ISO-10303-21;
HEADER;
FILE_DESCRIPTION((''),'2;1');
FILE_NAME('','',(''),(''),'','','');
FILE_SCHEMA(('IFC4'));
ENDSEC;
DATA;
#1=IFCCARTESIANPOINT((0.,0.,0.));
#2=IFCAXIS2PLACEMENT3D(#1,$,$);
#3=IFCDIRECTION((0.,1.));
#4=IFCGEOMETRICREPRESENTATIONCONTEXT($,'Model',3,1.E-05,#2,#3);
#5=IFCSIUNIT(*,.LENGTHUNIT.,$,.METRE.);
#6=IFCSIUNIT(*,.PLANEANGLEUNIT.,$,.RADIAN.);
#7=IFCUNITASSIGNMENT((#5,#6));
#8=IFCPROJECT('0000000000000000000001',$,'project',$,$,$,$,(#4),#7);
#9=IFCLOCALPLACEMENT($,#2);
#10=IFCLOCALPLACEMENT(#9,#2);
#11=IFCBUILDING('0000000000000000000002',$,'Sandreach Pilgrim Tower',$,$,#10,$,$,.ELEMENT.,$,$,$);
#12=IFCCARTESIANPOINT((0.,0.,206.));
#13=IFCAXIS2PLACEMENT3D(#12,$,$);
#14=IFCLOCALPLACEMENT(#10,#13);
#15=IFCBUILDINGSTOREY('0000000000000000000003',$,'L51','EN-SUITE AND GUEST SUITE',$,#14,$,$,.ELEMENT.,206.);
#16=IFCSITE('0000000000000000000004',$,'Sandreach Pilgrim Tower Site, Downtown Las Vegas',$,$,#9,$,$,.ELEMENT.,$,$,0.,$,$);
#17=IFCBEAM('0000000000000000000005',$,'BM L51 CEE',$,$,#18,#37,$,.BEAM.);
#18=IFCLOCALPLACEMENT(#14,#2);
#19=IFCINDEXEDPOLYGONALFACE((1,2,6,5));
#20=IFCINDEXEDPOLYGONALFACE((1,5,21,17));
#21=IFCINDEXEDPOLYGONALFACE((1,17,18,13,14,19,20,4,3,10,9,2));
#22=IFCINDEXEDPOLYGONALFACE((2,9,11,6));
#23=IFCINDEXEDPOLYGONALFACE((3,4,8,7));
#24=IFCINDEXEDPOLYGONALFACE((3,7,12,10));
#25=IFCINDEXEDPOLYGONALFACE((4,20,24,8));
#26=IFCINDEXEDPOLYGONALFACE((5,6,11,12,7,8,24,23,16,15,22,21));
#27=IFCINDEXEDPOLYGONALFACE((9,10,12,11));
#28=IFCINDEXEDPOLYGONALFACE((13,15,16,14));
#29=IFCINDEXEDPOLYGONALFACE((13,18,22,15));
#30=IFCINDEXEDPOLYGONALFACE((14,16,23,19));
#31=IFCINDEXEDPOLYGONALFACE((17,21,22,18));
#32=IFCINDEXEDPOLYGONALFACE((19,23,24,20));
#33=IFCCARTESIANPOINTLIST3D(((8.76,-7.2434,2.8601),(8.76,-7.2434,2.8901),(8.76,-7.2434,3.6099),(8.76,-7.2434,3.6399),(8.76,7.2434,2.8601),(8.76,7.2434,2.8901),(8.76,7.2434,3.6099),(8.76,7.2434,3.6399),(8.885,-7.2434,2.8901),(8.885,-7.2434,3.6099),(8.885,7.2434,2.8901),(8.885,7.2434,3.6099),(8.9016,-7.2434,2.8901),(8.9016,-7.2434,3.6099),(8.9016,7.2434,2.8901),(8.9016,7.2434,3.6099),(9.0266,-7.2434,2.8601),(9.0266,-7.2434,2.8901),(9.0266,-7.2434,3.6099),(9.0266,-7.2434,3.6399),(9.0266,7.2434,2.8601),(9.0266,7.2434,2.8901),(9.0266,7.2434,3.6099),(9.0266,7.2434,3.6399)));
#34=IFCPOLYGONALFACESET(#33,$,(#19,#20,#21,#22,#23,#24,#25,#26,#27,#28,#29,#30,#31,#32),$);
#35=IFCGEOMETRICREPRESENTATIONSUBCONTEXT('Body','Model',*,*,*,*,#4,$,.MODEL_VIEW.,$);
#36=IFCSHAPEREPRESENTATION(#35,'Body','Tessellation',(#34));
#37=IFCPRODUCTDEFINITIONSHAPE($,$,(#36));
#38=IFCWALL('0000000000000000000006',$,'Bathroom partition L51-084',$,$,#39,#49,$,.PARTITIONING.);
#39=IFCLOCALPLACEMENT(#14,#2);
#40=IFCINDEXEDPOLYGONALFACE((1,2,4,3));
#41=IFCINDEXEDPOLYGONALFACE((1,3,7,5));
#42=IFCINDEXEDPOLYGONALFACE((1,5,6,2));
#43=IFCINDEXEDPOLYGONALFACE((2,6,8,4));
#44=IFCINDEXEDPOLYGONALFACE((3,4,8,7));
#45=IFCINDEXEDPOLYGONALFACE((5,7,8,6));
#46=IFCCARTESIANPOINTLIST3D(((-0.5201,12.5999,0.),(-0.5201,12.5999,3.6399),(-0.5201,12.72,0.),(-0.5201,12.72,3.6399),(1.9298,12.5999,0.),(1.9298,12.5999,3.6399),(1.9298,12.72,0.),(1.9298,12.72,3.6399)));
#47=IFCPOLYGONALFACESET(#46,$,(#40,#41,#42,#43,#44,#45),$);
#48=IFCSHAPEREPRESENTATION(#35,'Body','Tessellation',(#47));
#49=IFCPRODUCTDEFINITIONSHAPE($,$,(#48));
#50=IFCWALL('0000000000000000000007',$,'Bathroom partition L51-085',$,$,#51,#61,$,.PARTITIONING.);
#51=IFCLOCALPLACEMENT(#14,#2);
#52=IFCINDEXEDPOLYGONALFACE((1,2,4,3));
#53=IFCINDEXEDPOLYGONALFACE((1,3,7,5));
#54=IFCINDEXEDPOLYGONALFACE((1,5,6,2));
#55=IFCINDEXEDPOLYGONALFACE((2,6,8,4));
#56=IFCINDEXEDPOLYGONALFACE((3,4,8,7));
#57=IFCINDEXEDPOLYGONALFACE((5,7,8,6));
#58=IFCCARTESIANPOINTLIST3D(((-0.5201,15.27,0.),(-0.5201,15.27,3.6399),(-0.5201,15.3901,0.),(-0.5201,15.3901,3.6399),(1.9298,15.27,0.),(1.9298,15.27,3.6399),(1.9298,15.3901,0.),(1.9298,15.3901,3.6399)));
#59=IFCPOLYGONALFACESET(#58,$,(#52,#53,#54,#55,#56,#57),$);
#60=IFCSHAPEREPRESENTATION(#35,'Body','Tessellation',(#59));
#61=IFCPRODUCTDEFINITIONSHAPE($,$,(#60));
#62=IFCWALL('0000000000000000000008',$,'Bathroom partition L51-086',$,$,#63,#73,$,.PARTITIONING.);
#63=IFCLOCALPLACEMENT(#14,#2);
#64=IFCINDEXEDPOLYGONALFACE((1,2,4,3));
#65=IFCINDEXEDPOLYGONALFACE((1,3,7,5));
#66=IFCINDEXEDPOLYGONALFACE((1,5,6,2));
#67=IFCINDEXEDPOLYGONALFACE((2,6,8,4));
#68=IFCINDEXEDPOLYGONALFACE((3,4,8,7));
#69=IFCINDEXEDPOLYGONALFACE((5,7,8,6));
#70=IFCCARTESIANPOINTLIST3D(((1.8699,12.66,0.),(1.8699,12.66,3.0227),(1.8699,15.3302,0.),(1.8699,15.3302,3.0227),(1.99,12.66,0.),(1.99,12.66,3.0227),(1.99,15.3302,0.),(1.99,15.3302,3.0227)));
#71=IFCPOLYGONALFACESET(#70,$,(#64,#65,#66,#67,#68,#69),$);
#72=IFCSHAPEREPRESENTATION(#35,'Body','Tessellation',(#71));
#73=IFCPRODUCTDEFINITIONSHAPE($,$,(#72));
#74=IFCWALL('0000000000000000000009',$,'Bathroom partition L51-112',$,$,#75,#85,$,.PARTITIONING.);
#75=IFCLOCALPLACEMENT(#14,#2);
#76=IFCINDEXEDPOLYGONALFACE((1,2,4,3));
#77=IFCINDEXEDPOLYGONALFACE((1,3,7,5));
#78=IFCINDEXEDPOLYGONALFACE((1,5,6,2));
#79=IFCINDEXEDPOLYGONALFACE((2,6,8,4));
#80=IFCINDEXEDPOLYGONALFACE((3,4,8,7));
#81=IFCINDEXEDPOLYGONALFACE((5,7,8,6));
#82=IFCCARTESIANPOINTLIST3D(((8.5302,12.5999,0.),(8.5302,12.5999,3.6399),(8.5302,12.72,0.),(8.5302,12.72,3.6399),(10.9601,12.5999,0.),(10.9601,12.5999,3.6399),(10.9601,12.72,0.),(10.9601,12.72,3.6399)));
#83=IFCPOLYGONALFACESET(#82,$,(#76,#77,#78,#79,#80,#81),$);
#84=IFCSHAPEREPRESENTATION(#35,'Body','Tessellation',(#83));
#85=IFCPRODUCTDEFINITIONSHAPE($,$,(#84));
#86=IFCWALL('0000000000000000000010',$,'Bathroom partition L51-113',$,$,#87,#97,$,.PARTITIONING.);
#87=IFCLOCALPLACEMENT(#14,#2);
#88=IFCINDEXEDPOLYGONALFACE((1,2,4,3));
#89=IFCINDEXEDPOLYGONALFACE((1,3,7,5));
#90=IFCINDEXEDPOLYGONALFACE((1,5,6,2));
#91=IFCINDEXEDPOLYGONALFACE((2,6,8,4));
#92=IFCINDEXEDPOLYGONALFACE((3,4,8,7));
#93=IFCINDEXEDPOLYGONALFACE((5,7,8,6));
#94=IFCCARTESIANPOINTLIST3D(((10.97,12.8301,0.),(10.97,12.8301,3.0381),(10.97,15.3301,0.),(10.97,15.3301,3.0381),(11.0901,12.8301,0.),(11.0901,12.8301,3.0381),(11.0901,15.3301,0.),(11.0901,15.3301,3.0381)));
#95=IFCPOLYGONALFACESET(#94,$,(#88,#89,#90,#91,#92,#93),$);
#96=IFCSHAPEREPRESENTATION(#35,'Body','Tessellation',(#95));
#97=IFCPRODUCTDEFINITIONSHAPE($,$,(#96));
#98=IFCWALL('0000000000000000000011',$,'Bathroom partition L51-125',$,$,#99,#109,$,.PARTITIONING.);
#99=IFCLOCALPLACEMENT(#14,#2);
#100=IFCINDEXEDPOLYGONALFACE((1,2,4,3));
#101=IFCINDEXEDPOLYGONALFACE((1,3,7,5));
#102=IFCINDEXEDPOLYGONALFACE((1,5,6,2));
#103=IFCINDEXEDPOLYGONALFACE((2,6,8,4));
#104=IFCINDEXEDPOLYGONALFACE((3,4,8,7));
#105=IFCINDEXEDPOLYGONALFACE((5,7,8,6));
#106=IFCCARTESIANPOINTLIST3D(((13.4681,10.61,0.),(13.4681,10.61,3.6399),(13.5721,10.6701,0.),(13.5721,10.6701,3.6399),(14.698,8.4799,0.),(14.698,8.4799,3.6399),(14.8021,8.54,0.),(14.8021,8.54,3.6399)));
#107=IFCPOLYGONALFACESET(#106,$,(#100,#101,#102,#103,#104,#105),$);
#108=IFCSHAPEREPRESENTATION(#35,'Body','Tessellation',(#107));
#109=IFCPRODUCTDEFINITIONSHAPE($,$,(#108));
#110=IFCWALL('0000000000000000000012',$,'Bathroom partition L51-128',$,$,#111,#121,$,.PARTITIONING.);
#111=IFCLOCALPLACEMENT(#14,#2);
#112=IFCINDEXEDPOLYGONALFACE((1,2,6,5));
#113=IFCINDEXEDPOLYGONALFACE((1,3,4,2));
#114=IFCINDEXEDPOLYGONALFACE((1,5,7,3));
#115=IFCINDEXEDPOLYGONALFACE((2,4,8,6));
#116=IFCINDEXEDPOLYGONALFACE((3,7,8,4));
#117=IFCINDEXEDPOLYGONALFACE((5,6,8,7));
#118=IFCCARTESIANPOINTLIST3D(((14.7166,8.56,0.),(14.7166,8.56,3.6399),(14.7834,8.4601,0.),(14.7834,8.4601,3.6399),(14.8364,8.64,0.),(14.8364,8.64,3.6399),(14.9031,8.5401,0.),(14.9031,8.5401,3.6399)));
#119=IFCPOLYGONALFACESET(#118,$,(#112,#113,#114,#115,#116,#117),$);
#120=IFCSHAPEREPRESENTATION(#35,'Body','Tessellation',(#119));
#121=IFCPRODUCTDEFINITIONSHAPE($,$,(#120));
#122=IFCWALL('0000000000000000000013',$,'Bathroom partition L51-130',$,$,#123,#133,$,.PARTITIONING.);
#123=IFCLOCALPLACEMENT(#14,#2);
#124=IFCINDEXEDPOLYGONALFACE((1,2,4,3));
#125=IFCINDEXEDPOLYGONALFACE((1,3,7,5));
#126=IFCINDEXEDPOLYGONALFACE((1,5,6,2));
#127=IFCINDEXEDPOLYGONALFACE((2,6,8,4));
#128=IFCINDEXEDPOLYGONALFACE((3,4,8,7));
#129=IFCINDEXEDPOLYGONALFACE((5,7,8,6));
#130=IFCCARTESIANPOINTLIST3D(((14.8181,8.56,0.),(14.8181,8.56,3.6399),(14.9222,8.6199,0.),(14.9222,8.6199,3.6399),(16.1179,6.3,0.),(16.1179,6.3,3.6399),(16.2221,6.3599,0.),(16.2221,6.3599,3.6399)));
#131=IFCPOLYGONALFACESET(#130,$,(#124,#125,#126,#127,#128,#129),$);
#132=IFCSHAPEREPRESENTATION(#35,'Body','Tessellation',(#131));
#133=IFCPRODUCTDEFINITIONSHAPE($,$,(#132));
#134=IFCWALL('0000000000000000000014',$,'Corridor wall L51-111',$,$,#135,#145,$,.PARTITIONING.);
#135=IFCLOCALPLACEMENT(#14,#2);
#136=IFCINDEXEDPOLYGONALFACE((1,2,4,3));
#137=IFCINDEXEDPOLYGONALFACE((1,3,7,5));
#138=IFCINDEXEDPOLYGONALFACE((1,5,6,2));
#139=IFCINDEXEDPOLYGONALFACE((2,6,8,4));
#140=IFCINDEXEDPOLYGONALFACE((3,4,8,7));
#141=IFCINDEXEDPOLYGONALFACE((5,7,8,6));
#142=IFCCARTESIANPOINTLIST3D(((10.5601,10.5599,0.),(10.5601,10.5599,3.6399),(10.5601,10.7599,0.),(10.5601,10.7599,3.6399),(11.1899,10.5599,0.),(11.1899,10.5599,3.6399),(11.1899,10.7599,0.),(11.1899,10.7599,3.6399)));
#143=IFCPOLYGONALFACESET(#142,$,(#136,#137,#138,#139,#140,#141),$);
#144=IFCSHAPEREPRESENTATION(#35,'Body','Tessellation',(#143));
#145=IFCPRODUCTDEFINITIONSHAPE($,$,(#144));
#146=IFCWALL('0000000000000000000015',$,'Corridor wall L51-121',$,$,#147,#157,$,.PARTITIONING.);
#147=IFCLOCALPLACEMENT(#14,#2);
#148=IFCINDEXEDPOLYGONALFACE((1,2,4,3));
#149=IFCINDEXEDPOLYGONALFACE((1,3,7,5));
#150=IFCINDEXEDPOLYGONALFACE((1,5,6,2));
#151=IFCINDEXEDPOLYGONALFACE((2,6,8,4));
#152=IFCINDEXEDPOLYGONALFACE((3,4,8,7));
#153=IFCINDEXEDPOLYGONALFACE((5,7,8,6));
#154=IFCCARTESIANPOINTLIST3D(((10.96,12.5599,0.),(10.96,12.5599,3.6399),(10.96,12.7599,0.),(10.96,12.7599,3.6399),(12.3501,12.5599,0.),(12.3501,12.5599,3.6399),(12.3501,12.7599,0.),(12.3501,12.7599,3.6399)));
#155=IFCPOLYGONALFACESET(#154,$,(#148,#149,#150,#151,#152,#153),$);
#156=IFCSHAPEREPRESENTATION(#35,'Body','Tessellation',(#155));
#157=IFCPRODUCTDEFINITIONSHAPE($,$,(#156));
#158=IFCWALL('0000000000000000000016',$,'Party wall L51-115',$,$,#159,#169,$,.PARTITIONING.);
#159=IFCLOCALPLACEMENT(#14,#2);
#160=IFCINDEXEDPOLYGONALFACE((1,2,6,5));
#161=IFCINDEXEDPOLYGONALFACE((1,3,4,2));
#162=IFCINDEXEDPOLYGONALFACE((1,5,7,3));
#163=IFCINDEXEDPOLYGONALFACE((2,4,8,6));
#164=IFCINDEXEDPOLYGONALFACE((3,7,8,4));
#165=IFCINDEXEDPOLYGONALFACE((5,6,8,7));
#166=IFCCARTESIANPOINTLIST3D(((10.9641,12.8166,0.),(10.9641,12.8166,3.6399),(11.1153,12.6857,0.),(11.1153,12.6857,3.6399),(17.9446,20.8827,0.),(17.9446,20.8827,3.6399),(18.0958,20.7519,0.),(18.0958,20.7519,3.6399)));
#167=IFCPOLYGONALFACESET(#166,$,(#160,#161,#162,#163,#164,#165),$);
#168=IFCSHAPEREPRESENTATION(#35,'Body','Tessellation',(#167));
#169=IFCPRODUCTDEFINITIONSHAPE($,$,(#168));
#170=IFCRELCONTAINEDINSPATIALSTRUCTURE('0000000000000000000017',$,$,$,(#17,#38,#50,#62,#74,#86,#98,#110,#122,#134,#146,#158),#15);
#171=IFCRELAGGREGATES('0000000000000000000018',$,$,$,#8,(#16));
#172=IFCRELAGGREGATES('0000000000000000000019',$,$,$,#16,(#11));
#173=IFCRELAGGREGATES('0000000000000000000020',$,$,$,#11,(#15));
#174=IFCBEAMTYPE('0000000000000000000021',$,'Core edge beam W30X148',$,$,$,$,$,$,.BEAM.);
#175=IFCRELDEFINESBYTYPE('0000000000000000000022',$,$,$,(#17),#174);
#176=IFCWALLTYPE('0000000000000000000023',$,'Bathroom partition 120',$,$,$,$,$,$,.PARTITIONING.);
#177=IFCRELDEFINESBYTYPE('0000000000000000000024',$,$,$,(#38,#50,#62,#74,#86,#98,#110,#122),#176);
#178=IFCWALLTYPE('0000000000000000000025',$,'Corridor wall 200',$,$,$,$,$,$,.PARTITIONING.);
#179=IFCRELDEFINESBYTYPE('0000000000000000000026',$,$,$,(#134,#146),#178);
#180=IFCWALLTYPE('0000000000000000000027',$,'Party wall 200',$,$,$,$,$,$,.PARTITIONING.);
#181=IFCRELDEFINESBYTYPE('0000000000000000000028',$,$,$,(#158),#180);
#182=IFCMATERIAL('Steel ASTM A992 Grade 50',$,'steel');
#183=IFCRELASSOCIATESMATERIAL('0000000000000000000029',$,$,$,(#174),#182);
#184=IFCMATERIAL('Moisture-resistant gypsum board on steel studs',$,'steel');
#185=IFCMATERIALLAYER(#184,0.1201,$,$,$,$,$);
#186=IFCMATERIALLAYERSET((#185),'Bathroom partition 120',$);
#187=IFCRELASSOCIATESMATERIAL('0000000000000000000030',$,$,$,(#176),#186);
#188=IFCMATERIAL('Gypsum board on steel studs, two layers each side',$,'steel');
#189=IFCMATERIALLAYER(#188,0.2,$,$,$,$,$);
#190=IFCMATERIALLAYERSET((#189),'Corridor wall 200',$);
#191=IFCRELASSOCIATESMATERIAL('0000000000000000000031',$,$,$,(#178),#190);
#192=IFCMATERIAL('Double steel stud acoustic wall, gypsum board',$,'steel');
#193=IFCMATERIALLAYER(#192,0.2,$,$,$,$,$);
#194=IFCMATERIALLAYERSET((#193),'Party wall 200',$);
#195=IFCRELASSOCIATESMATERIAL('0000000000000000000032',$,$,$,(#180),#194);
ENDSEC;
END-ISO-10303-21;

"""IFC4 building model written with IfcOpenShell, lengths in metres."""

from ifc_helpers import new_model, si_unit, direction, frame, frame_2d, origin, origin_2d, place, context, subcontext, project, spatial, rectangle, i_section, extrude, material, layer, layer_set, material_profile, profile_set, type_object, element, save


model = new_model("IFC4")

# Units and contexts
model_context = context("Model", 3, precision=1e-05, world=origin(), true_north=direction((0.0, 1.0)))
body_context = subcontext(model_context, "Body", "Model", "MODEL_VIEW")
ifc_project = project(units=[si_unit("LENGTHUNIT", "METRE"), si_unit("PLANEANGLEUNIT", "RADIAN")], contexts=[model_context])

# Site, building, storey
site_placement = place(None, origin())
site = spatial("IfcSite", under=ifc_project, at=site_placement, Name="Sandreach Pilgrim Tower Site, Downtown Las Vegas", CompositionType="ELEMENT", RefElevation=0.0)
building_placement = place(site_placement, origin())
building = spatial("IfcBuilding", under=site, at=building_placement, Name="Sandreach Pilgrim Tower", CompositionType="ELEMENT")
storey_placement = place(building_placement, frame((0.0, 0.0, 206.0)))
storey = spatial("IfcBuildingStorey", under=building, at=storey_placement, Name="L51", Description="EN-SUITE AND GUEST SUITE", CompositionType="ELEMENT", Elevation=206.0)

# Beam
ifc_material_1 = material(Name="Steel ASTM A992 Grade 50", Category="steel")
ifc_material_profile = material_profile(ifc_material_1, i_section(OverallWidth=0.2666, OverallDepth=0.7798, WebThickness=0.0166, FlangeThickness=0.03, at=origin_2d()), Name="W30X148")
ifc_profile_set = profile_set([ifc_material_profile], Name="Steel ASTM A992 Grade 50")
beam_type = type_object("IfcBeamType", Name="Core edge beam W30X148", PredefinedType="BEAM", material=ifc_profile_set)
beam_placement = place(storey_placement, frame((8.8933, 7.2434, 3.25), z_axis=(0.0, -1.0, 0.0), x_axis=(1.0, 0.0, 0.0)))
element("IfcBeam", 1, at=beam_placement, inside=storey, type_object=beam_type, Name="BM L51 CEE", PredefinedType="BEAM", context=body_context, shape_type="SweptSolid", body=[
    extrude(i_section(OverallWidth=0.2666, OverallDepth=0.7798, WebThickness=0.0166, FlangeThickness=0.03, at=origin_2d()), origin(), (0.0, 0.0, 1.0), 14.4868),
])

# Walls
ifc_material_2 = material(Name="Moisture-resistant gypsum board on steel studs", Category="steel")
ifc_layer_1 = layer(ifc_material_2, 0.1201)
ifc_layer_set_1 = layer_set([ifc_layer_1], Name="Bathroom partition 120")
wall_type_1 = type_object("IfcWallType", Name="Bathroom partition 120", PredefinedType="PARTITIONING", material=ifc_layer_set_1)
for number, where, z_axis, x_axis, name in (
    (2, (1.9299, 12.6599, 0.0), (0.0, 0.0, 1.0), (-1.0, 0.0, 0.0), "Bathroom partition L51-084"),
    (3, (1.9299, 15.3301, 0.0), (0.0, 0.0, 1.0), (-1.0, 0.0, 0.0), "Bathroom partition L51-085"),
):
    element("IfcWall", number, at=place(storey_placement, frame(where, z_axis=z_axis, x_axis=x_axis)), inside=storey, type_object=wall_type_1, Name=name, PredefinedType="PARTITIONING", context=body_context, shape_type="SweptSolid", body=[
        extrude(rectangle(XDim=2.45, YDim=0.1201, at=frame_2d((1.2251, 0.0))), origin(), (0.0, 0.0, 1.0), 3.6399),
    ])
wall_1_placement = place(storey_placement, frame((1.9299, 15.3301, 0.0), z_axis=(0.0, 0.0, 1.0), x_axis=(0.0, -1.0, 0.0)))
element("IfcWall", 4, at=wall_1_placement, inside=storey, type_object=wall_type_1, Name="Bathroom partition L51-086", PredefinedType="PARTITIONING", context=body_context, shape_type="SweptSolid", body=[
    extrude(rectangle(XDim=2.6702, YDim=0.1201, at=frame_2d((1.335, 0.0))), origin(), (0.0, 0.0, 1.0), 3.0227),
])
wall_2_placement = place(storey_placement, frame((10.96, 12.6599, 0.0), z_axis=(0.0, 0.0, 1.0), x_axis=(-1.0, 0.0, 0.0)))
element("IfcWall", 5, at=wall_2_placement, inside=storey, type_object=wall_type_1, Name="Bathroom partition L51-112", PredefinedType="PARTITIONING", context=body_context, shape_type="SweptSolid", body=[
    extrude(rectangle(XDim=2.4299, YDim=0.1201, at=frame_2d((1.2148, 0.0))), origin(), (0.0, 0.0, 1.0), 3.6399),
])
wall_3_placement = place(storey_placement, frame((11.03, 12.8301, 0.0), z_axis=(0.0, 0.0, 1.0), x_axis=(0.0, 1.0, 0.0)))
element("IfcWall", 6, at=wall_3_placement, inside=storey, type_object=wall_type_1, Name="Bathroom partition L51-113", PredefinedType="PARTITIONING", context=body_context, shape_type="SweptSolid", body=[
    extrude(rectangle(XDim=2.5, YDim=0.1201, at=frame_2d((1.25, 0.0))), origin(), (0.0, 0.0, 1.0), 3.0381),
])
wall_4_placement = place(storey_placement, frame((13.52, 10.6401, 0.0), z_axis=(0.0, 0.0, 1.0), x_axis=(0.500046, -0.865999, 0.0)))
element("IfcWall", 7, at=wall_4_placement, inside=storey, type_object=wall_type_1, Name="Bathroom partition L51-125", PredefinedType="PARTITIONING", context=body_context, shape_type="SweptSolid", body=[
    extrude(rectangle(XDim=2.4597, YDim=0.1201, at=frame_2d((1.23, 0.0))), origin(), (0.0, 0.0, 1.0), 3.6399),
])
wall_5_placement = place(storey_placement, frame((14.75, 8.51, 0.0), z_axis=(0.0, 0.0, 1.0), x_axis=(0.831529, 0.555482, 0.0)))
element("IfcWall", 8, at=wall_5_placement, inside=storey, type_object=wall_type_1, Name="Bathroom partition L51-128", PredefinedType="PARTITIONING", context=body_context, shape_type="SweptSolid", body=[
    extrude(rectangle(XDim=0.144, YDim=0.1201, at=frame_2d((0.072, 0.0))), origin(), (0.0, 0.0, 1.0), 3.6399),
])
wall_6_placement = place(storey_placement, frame((14.8701, 8.5901, 0.0), z_axis=(0.0, 0.0, 1.0), x_axis=(0.498557, -0.866857, 0.0)))
element("IfcWall", 9, at=wall_6_placement, inside=storey, type_object=wall_type_1, Name="Bathroom partition L51-130", PredefinedType="PARTITIONING", context=body_context, shape_type="SweptSolid", body=[
    extrude(rectangle(XDim=2.6072, YDim=0.1201, at=frame_2d((1.3037, 0.0))), origin(), (0.0, 0.0, 1.0), 3.6399),
])

# Shared definitions
ifc_material_3 = material(Name="Gypsum board on steel studs, two layers each side", Category="steel")
ifc_layer_2 = layer(ifc_material_3, 0.2)
ifc_layer_set_2 = layer_set([ifc_layer_2], Name="Corridor wall 200")
wall_type_2 = type_object("IfcWallType", Name="Corridor wall 200", PredefinedType="PARTITIONING", material=ifc_layer_set_2)

# Wall
wall_7_placement = place(storey_placement, frame((10.5601, 10.6599, 0.0), z_axis=(0.0, 0.0, 1.0), x_axis=(1.0, 0.0, 0.0)))
element("IfcWall", 10, at=wall_7_placement, inside=storey, type_object=wall_type_2, Name="Corridor wall L51-111", PredefinedType="PARTITIONING", context=body_context, shape_type="SweptSolid", body=[
    extrude(rectangle(XDim=0.6299, YDim=0.2, at=frame_2d((0.3149, 0.0))), origin(), (0.0, 0.0, 1.0), 3.6399),
])

# Wall
wall_8_placement = place(storey_placement, frame((12.3501, 12.6599, 0.0), z_axis=(0.0, 0.0, 1.0), x_axis=(-1.0, 0.0, 0.0)))
element("IfcWall", 11, at=wall_8_placement, inside=storey, type_object=wall_type_2, Name="Corridor wall L51-121", PredefinedType="PARTITIONING", context=body_context, shape_type="SweptSolid", body=[
    extrude(rectangle(XDim=1.3901, YDim=0.2, at=frame_2d((0.6951, 0.0))), origin(), (0.0, 0.0, 1.0), 3.6399),
])

# Wall
ifc_material_4 = material(Name="Double steel stud acoustic wall, gypsum board", Category="steel")
ifc_layer_3 = layer(ifc_material_4, 0.2)
ifc_layer_set_3 = layer_set([ifc_layer_3], Name="Party wall 200")
wall_type_3 = type_object("IfcWallType", Name="Party wall 200", PredefinedType="PARTITIONING", material=ifc_layer_set_3)
wall_9_placement = place(storey_placement, frame((11.0398, 12.7512, 0.0), z_axis=(0.0, 0.0, 1.0), x_axis=(0.654384, 0.756162, 0.0)))
element("IfcWall", 12, at=wall_9_placement, inside=storey, type_object=wall_type_3, Name="Party wall L51-115", PredefinedType="PARTITIONING", context=body_context, shape_type="SweptSolid", body=[
    extrude(rectangle(XDim=10.6672, YDim=0.2, at=frame_2d((5.3335, 0.0))), origin(), (0.0, 0.0, 1.0), 3.6399),
])

save(model, "model.ifc")
